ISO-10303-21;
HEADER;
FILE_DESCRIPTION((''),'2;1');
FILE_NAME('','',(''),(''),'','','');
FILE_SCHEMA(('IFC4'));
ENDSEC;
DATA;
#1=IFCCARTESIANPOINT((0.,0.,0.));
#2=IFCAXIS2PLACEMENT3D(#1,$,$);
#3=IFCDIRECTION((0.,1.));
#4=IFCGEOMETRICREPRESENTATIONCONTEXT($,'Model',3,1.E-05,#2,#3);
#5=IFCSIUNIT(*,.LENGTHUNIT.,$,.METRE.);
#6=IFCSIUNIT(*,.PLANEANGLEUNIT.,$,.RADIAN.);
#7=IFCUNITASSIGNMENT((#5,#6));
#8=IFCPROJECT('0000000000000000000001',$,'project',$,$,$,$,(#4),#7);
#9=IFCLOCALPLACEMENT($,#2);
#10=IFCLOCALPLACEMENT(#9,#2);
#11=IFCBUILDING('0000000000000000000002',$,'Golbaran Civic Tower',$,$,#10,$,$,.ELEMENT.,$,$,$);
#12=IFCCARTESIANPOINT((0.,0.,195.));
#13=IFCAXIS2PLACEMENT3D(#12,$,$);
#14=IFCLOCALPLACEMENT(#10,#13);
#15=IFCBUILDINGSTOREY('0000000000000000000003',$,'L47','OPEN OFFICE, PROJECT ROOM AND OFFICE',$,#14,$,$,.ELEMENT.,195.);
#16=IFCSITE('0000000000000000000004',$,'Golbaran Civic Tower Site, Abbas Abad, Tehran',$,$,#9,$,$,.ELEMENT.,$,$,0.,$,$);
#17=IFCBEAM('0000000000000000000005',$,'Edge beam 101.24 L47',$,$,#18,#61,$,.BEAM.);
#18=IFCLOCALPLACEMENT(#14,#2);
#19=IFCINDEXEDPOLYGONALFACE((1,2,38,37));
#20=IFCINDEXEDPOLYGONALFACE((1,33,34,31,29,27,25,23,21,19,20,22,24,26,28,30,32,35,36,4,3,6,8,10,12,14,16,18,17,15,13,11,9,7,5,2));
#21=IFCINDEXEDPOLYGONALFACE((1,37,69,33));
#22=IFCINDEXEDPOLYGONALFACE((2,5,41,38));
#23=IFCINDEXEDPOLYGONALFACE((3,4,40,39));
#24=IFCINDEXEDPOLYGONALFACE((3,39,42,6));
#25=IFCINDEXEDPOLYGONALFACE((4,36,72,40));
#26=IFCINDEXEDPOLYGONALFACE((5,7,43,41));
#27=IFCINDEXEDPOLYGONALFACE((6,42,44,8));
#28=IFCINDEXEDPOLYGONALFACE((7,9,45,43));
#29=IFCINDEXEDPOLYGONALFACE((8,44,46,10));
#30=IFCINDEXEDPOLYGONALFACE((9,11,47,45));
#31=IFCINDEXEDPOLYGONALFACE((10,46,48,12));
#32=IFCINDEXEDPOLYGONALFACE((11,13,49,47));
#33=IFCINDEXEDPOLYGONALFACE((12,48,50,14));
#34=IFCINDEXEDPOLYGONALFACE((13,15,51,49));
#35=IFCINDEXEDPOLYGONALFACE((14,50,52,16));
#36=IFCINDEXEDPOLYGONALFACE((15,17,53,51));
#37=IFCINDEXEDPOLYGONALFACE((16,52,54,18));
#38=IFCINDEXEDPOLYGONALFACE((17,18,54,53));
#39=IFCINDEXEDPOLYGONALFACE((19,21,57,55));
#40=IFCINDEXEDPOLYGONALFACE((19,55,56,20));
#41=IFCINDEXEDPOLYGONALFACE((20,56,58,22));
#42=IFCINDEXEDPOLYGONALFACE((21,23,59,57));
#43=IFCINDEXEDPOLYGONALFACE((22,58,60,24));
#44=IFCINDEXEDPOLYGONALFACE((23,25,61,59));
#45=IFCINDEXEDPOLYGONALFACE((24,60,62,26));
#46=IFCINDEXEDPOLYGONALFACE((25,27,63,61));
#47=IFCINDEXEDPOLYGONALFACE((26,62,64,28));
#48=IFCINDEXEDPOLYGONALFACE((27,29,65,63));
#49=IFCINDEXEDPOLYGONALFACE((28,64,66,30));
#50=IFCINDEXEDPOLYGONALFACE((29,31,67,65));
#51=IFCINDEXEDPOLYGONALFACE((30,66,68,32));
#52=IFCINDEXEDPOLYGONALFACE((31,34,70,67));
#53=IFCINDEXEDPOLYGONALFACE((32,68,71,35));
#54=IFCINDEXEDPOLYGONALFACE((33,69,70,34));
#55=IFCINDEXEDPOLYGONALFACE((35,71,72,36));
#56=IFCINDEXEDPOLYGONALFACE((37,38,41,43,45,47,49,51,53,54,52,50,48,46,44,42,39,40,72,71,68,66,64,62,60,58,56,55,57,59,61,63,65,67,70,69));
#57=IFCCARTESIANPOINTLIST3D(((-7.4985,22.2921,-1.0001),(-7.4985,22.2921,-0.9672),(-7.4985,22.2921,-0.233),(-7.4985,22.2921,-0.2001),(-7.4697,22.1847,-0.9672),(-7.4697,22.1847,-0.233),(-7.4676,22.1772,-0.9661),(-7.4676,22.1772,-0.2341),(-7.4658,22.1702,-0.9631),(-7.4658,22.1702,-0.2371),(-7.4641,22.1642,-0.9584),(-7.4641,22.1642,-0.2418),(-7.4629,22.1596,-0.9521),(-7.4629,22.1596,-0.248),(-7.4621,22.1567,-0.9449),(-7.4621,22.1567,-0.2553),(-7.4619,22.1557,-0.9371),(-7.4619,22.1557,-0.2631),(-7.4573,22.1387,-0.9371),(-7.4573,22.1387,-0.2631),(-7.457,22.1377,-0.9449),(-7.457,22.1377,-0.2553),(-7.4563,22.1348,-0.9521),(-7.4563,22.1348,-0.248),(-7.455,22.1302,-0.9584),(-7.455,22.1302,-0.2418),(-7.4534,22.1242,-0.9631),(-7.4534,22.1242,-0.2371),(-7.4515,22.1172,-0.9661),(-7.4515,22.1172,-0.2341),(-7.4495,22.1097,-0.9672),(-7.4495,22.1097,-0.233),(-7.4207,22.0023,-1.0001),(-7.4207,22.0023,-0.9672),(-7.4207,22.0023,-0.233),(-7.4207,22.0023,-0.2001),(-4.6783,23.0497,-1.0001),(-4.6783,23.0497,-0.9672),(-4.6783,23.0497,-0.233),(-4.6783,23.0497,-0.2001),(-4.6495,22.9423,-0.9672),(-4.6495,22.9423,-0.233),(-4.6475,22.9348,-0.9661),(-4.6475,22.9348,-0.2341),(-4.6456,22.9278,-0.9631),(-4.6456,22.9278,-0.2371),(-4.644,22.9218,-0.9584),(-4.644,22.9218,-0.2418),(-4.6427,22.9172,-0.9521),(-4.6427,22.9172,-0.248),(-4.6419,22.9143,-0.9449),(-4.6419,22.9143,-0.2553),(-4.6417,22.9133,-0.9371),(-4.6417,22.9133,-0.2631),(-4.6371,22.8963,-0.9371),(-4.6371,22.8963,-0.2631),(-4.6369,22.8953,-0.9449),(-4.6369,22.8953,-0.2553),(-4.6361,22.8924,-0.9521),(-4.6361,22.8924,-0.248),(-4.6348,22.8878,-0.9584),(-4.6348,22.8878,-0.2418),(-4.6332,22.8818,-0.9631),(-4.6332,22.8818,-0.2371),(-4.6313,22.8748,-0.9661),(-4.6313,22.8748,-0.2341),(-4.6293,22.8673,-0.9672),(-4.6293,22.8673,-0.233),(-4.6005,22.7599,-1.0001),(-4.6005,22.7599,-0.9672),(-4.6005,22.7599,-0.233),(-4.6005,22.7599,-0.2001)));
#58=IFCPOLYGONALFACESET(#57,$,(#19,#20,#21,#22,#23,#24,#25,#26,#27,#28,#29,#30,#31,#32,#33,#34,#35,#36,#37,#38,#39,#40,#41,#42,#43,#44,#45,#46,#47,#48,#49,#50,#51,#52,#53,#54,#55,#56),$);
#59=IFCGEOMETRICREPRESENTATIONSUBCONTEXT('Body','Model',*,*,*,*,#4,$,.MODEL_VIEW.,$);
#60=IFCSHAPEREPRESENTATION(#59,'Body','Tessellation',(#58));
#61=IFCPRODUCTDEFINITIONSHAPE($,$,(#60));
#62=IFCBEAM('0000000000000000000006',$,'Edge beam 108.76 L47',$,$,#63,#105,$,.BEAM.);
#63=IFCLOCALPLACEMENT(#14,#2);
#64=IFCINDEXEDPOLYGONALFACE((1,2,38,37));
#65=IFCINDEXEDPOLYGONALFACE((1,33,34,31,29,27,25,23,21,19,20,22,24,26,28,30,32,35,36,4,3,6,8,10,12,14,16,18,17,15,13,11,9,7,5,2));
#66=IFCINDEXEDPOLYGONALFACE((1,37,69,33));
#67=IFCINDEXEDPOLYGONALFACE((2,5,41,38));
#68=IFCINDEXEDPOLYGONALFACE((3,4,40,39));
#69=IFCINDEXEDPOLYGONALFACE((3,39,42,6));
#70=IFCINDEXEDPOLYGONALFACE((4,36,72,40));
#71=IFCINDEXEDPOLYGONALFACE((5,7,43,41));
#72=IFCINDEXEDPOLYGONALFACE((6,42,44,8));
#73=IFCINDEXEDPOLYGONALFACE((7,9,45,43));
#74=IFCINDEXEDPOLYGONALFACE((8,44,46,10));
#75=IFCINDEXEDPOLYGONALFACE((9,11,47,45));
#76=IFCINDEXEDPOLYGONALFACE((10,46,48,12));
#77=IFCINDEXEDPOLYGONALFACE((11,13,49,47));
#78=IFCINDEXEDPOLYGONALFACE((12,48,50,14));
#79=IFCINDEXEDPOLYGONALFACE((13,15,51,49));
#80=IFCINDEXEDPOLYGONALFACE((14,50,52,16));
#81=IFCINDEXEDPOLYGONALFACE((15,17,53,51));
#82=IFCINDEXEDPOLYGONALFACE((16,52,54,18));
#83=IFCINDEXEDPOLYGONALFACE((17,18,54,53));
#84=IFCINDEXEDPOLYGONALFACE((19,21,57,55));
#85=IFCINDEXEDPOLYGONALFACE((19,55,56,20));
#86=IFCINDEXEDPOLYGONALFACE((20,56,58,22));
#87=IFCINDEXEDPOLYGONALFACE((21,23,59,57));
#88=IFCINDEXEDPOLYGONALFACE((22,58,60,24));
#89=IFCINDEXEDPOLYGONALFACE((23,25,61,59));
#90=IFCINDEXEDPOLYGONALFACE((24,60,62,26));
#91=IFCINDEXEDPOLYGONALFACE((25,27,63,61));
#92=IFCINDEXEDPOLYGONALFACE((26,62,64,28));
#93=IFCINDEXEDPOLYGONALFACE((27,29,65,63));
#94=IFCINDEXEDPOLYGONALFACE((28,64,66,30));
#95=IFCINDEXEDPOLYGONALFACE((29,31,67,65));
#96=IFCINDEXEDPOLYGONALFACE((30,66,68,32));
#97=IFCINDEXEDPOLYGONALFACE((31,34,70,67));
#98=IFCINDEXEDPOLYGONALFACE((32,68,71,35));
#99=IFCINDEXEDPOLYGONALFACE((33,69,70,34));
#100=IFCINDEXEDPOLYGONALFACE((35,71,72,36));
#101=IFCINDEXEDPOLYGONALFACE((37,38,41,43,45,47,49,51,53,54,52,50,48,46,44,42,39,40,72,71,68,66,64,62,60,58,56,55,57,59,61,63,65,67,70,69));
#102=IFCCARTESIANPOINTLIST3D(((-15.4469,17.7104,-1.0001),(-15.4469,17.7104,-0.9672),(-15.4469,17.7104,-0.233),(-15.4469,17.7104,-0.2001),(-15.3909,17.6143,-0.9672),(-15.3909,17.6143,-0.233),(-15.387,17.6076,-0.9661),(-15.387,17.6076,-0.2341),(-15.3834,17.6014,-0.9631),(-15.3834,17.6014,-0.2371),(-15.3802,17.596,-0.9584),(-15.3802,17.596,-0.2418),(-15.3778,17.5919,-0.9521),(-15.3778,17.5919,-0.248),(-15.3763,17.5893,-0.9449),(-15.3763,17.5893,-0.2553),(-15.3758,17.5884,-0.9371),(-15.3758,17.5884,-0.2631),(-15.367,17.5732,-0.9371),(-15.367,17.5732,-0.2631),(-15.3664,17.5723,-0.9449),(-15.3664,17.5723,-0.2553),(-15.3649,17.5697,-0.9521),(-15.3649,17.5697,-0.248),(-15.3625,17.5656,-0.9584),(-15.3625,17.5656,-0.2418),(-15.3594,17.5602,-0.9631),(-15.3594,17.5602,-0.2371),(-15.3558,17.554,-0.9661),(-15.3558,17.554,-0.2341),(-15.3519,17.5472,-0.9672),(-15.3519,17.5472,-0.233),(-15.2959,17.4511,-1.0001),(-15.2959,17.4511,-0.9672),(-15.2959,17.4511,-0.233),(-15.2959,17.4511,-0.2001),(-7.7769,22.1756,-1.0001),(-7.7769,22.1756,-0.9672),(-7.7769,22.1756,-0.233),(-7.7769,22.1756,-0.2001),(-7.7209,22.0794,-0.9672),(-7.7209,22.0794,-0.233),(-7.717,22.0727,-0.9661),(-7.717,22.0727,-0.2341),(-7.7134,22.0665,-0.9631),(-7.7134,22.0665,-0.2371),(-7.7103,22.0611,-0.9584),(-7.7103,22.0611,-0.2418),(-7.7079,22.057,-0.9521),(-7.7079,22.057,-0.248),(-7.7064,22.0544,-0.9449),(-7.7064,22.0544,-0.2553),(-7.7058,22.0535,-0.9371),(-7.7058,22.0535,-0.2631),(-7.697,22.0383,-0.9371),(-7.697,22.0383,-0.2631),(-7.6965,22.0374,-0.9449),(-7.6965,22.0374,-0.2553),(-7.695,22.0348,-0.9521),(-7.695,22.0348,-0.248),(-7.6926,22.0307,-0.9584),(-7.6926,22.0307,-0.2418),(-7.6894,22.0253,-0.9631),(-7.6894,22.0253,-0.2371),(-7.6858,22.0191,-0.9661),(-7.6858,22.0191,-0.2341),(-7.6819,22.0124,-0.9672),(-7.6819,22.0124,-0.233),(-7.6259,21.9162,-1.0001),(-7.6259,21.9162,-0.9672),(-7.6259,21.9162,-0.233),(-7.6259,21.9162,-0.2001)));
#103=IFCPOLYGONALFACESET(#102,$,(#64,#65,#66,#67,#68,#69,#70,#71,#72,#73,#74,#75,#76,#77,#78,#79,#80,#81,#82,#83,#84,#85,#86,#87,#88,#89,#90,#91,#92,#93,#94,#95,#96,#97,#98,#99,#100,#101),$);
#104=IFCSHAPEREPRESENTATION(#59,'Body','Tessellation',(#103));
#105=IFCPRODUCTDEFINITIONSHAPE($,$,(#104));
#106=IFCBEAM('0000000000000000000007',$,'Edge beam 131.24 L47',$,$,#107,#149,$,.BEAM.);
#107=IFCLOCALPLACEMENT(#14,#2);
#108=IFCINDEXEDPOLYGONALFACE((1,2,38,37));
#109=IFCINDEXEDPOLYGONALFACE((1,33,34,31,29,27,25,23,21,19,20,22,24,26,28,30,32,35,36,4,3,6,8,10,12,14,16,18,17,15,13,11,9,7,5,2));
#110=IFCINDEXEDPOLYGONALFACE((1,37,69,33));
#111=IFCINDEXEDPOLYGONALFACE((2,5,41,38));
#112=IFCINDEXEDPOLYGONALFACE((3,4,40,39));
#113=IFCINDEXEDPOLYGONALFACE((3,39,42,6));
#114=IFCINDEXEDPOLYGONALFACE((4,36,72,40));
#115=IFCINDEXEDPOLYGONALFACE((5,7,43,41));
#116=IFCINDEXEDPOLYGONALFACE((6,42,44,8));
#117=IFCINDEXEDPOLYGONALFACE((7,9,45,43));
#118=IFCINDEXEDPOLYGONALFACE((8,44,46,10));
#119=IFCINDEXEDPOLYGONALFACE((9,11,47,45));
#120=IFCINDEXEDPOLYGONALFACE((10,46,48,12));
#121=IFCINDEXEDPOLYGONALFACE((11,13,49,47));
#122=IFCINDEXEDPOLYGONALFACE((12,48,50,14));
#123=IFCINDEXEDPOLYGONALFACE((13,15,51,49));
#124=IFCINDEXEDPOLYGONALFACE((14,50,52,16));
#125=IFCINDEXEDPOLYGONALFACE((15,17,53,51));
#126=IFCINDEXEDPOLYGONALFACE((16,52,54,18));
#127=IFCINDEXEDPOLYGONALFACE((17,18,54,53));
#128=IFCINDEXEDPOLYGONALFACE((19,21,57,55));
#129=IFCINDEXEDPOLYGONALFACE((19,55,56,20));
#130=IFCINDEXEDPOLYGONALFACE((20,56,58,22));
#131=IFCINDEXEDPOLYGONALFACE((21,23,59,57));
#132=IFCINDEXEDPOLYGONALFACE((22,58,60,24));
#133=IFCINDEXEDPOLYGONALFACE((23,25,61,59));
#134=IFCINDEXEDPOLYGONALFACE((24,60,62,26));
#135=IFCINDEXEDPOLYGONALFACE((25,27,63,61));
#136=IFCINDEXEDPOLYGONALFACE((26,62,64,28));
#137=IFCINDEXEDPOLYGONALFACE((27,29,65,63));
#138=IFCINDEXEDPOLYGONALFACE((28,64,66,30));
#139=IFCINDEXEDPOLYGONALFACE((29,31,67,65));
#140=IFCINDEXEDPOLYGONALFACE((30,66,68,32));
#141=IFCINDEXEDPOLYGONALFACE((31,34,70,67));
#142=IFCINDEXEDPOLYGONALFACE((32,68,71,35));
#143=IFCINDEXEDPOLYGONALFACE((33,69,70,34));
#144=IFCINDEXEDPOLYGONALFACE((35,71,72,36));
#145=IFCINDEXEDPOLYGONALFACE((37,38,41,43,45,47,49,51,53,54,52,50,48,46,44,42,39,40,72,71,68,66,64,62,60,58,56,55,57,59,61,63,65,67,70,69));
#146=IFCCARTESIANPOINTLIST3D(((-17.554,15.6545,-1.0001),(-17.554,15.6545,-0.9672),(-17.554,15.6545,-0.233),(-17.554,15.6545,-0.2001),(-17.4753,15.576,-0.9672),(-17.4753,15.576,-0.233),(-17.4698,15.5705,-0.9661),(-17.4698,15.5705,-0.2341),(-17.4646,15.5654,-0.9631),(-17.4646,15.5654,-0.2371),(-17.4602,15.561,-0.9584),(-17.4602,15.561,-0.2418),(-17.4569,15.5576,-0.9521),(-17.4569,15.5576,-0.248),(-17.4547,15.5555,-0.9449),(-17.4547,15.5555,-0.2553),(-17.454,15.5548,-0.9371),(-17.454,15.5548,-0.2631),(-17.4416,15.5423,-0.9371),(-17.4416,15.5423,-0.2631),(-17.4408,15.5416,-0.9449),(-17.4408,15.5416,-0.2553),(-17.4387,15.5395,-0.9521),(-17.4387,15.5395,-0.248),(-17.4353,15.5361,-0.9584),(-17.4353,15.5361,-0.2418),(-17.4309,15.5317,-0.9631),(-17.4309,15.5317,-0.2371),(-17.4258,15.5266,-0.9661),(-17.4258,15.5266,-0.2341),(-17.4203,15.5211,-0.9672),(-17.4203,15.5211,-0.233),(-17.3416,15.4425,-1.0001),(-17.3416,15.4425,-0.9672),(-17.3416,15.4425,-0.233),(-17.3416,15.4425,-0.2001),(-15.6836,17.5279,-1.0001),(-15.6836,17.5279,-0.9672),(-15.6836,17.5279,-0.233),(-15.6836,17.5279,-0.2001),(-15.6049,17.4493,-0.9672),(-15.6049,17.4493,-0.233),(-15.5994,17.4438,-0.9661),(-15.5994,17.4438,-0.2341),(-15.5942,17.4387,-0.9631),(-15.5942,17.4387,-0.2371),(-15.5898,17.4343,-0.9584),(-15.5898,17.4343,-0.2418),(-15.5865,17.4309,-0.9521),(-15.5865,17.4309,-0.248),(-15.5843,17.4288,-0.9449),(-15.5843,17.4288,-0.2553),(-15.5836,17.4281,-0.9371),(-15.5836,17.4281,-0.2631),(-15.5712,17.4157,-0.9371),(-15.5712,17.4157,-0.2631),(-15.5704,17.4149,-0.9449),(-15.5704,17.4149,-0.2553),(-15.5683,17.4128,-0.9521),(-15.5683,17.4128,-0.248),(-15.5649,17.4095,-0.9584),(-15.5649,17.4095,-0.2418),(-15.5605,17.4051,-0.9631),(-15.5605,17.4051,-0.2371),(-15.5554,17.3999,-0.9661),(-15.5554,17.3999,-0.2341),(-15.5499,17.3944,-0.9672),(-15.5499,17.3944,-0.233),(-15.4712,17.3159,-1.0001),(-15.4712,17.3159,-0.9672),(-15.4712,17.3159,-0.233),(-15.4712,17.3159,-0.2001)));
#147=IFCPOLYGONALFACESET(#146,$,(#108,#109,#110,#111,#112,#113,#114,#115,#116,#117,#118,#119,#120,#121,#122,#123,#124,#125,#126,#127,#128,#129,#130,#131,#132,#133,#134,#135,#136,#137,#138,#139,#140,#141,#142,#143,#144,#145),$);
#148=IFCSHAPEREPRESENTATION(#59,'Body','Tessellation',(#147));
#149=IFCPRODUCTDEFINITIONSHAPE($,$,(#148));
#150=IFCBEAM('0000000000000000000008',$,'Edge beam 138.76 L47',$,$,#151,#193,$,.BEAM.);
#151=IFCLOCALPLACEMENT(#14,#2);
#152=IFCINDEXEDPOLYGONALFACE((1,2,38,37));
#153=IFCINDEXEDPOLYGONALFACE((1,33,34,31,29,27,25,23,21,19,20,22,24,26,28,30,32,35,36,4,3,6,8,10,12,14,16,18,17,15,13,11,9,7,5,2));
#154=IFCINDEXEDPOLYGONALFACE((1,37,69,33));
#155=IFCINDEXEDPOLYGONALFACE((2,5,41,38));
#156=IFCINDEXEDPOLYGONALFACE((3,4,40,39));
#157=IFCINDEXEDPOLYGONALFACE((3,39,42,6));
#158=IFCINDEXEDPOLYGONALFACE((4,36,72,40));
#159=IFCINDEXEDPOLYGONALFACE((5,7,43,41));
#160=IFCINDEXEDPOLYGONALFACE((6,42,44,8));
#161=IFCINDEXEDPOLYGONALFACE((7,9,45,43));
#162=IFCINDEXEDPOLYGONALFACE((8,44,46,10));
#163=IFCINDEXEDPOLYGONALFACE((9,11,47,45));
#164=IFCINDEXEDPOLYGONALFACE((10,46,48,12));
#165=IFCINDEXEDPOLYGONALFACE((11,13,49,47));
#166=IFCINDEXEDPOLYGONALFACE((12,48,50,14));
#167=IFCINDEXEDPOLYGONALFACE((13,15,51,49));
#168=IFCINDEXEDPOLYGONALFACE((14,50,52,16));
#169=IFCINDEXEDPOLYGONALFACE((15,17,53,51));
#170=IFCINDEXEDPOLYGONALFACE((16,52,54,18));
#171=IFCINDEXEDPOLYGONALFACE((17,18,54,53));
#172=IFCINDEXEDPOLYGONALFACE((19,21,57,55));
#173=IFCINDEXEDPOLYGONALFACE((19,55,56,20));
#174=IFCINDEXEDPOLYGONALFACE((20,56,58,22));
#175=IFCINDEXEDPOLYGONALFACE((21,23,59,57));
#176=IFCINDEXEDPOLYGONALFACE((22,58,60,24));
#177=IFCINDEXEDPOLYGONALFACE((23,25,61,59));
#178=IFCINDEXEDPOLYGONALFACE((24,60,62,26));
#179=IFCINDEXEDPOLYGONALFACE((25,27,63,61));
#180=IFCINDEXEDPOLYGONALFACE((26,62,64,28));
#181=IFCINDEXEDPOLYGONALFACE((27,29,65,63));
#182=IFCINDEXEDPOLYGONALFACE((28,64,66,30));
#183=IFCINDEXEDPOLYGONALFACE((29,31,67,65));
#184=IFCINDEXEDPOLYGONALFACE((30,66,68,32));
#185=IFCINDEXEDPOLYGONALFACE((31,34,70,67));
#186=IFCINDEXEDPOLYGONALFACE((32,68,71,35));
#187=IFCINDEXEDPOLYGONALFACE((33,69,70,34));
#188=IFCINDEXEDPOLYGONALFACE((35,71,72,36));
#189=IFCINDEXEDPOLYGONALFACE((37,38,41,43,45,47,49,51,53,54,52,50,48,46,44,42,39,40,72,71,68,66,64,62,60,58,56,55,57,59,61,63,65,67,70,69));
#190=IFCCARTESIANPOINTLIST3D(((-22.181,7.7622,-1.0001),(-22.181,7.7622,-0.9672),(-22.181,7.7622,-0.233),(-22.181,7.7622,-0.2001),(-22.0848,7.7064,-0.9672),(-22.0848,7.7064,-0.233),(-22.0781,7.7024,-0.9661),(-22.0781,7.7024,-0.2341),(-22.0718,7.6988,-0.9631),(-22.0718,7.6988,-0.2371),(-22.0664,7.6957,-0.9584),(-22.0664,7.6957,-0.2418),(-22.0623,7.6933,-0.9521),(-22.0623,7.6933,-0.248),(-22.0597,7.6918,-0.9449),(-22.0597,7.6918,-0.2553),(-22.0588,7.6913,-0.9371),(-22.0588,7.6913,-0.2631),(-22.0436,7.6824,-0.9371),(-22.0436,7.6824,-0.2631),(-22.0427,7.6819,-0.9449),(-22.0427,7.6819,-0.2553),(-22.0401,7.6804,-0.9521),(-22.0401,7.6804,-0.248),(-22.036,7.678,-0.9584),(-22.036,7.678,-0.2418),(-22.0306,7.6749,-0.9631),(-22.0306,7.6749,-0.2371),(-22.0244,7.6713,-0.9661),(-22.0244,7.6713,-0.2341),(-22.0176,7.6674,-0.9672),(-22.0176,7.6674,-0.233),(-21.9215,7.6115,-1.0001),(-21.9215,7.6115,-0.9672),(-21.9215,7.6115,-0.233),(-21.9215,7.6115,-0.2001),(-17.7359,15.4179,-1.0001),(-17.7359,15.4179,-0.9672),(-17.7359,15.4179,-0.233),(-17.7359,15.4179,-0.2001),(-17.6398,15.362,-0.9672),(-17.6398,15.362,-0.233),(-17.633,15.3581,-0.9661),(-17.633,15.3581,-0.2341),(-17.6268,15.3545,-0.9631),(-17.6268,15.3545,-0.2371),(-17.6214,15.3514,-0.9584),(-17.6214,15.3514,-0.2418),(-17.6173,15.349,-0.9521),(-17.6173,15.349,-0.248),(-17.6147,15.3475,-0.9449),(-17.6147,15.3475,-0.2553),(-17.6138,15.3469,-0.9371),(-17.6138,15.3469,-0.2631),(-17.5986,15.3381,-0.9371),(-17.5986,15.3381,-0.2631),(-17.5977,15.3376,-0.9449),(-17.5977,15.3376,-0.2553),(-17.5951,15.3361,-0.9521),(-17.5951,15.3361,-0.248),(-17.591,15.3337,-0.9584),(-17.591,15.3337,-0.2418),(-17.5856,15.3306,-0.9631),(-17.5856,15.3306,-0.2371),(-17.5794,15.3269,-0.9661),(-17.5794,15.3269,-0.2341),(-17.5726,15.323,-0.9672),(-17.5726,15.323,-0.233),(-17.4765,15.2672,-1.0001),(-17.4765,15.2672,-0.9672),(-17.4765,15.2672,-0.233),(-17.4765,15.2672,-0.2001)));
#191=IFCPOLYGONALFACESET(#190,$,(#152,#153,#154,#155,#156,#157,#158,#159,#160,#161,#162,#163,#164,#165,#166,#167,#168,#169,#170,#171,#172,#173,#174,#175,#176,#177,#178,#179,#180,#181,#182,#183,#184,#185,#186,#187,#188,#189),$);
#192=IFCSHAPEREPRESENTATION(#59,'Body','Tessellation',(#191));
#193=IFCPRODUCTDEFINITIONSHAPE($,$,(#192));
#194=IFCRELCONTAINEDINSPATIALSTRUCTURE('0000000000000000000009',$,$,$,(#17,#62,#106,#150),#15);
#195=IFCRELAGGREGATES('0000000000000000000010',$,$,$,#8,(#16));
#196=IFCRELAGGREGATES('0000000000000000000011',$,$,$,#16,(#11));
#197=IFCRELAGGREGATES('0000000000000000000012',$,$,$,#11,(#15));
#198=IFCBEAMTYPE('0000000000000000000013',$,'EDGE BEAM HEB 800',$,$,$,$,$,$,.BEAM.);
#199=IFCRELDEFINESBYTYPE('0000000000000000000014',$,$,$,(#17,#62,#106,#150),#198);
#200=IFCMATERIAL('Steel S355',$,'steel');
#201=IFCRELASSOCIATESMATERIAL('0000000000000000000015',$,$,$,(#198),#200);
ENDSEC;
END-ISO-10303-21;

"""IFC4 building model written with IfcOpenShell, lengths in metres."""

from ifc_helpers import new_model, si_unit, direction, frame, origin, origin_2d, place, context, subcontext, project, spatial, i_section, extrude, material, material_profile, profile_set, type_object, element, save


model = new_model("IFC4")

# Units and contexts
model_context = context("Model", 3, precision=1e-05, world=origin(), true_north=direction((0.0, 1.0)))
body_context = subcontext(model_context, "Body", "Model", "MODEL_VIEW")
ifc_project = project(units=[si_unit("LENGTHUNIT", "METRE"), si_unit("PLANEANGLEUNIT", "RADIAN")], contexts=[model_context])

# Site, building, storey
site_placement = place(None, origin())
site = spatial("IfcSite", under=ifc_project, at=site_placement, Name="Golbaran Civic Tower Site, Abbas Abad, Tehran", CompositionType="ELEMENT", RefElevation=0.0)
building_placement = place(site_placement, origin())
building = spatial("IfcBuilding", under=site, at=building_placement, Name="Golbaran Civic Tower", CompositionType="ELEMENT")
storey_placement = place(building_placement, frame((0.0, 0.0, 195.0)))
storey = spatial("IfcBuildingStorey", under=building, at=storey_placement, Name="L47", Description="OPEN OFFICE, PROJECT ROOM AND OFFICE", CompositionType="ELEMENT", Elevation=195.0)

# Beams
ifc_material_1 = material(Name="Steel S355", Category="steel")
ifc_material_profile_1 = material_profile(ifc_material_1, i_section(OverallWidth=0.3, OverallDepth=0.8, WebThickness=0.0176, FlangeThickness=0.033, FilletRadius=0.03, at=origin_2d()), Name="HEB 800")
ifc_profile_set_1 = profile_set([ifc_material_profile_1], Name="Steel S355")
beam_type_1 = type_object("IfcBeamType", Name="EDGE BEAM HEB 800", PredefinedType="BEAM", material=ifc_profile_set_1)
beam_1_placement = place(storey_placement, frame((-4.6394, 22.9048, -0.6001), z_axis=(-0.96576, -0.259437, 0.0), x_axis=(0.259437, -0.96576, 0.0)))
element("IfcBeam", 1, at=beam_1_placement, inside=storey, type_object=beam_type_1, Name="Edge beam 101.24 L47", PredefinedType="BEAM", context=body_context, shape_type="SweptSolid", body=[
    extrude(i_section(OverallWidth=0.3, OverallDepth=0.8, WebThickness=0.0176, FlangeThickness=0.033, FilletRadius=0.03, at=origin_2d()), origin(), (0.0, 0.0, 1.0), 2.9202),
])
beam_2_placement = place(storey_placement, frame((-7.7014, 22.0459, -0.6001), z_axis=(-0.864222, -0.503111, 0.0), x_axis=(0.503111, -0.864222, 0.0)))
element("IfcBeam", 2, at=beam_2_placement, inside=storey, type_object=beam_type_1, Name="Edge beam 108.76 L47", PredefinedType="BEAM", context=body_context, shape_type="SweptSolid", body=[
    extrude(i_section(OverallWidth=0.3, OverallDepth=0.8, WebThickness=0.0176, FlangeThickness=0.033, FilletRadius=0.03, at=origin_2d()), origin(), (0.0, 0.0, 1.0), 8.875),
])
beam_3_placement = place(storey_placement, frame((-15.5774, 17.4219, -0.6001), z_axis=(-0.706553, -0.70766, 0.0), x_axis=(0.70766, -0.706553, 0.0)))
element("IfcBeam", 3, at=beam_3_placement, inside=storey, type_object=beam_type_1, Name="Edge beam 131.24 L47", PredefinedType="BEAM", context=body_context, shape_type="SweptSolid", body=[
    extrude(i_section(OverallWidth=0.3, OverallDepth=0.8, WebThickness=0.0176, FlangeThickness=0.033, FilletRadius=0.03, at=origin_2d()), origin(), (0.0, 0.0, 1.0), 2.6472),
])
beam_4_placement = place(storey_placement, frame((-17.6062, 15.3425, -0.6001), z_axis=(-0.502118, -0.864799, 0.0), x_axis=(0.864799, -0.502118, 0.0)))
element("IfcBeam", 4, at=beam_4_placement, inside=storey, type_object=beam_type_1, Name="Edge beam 138.76 L47", PredefinedType="BEAM", context=body_context, shape_type="SweptSolid", body=[
    extrude(i_section(OverallWidth=0.3, OverallDepth=0.8, WebThickness=0.0176, FlangeThickness=0.033, FilletRadius=0.03, at=origin_2d()), origin(), (0.0, 0.0, 1.0), 8.8525),
])

save(model, "model.ifc")
